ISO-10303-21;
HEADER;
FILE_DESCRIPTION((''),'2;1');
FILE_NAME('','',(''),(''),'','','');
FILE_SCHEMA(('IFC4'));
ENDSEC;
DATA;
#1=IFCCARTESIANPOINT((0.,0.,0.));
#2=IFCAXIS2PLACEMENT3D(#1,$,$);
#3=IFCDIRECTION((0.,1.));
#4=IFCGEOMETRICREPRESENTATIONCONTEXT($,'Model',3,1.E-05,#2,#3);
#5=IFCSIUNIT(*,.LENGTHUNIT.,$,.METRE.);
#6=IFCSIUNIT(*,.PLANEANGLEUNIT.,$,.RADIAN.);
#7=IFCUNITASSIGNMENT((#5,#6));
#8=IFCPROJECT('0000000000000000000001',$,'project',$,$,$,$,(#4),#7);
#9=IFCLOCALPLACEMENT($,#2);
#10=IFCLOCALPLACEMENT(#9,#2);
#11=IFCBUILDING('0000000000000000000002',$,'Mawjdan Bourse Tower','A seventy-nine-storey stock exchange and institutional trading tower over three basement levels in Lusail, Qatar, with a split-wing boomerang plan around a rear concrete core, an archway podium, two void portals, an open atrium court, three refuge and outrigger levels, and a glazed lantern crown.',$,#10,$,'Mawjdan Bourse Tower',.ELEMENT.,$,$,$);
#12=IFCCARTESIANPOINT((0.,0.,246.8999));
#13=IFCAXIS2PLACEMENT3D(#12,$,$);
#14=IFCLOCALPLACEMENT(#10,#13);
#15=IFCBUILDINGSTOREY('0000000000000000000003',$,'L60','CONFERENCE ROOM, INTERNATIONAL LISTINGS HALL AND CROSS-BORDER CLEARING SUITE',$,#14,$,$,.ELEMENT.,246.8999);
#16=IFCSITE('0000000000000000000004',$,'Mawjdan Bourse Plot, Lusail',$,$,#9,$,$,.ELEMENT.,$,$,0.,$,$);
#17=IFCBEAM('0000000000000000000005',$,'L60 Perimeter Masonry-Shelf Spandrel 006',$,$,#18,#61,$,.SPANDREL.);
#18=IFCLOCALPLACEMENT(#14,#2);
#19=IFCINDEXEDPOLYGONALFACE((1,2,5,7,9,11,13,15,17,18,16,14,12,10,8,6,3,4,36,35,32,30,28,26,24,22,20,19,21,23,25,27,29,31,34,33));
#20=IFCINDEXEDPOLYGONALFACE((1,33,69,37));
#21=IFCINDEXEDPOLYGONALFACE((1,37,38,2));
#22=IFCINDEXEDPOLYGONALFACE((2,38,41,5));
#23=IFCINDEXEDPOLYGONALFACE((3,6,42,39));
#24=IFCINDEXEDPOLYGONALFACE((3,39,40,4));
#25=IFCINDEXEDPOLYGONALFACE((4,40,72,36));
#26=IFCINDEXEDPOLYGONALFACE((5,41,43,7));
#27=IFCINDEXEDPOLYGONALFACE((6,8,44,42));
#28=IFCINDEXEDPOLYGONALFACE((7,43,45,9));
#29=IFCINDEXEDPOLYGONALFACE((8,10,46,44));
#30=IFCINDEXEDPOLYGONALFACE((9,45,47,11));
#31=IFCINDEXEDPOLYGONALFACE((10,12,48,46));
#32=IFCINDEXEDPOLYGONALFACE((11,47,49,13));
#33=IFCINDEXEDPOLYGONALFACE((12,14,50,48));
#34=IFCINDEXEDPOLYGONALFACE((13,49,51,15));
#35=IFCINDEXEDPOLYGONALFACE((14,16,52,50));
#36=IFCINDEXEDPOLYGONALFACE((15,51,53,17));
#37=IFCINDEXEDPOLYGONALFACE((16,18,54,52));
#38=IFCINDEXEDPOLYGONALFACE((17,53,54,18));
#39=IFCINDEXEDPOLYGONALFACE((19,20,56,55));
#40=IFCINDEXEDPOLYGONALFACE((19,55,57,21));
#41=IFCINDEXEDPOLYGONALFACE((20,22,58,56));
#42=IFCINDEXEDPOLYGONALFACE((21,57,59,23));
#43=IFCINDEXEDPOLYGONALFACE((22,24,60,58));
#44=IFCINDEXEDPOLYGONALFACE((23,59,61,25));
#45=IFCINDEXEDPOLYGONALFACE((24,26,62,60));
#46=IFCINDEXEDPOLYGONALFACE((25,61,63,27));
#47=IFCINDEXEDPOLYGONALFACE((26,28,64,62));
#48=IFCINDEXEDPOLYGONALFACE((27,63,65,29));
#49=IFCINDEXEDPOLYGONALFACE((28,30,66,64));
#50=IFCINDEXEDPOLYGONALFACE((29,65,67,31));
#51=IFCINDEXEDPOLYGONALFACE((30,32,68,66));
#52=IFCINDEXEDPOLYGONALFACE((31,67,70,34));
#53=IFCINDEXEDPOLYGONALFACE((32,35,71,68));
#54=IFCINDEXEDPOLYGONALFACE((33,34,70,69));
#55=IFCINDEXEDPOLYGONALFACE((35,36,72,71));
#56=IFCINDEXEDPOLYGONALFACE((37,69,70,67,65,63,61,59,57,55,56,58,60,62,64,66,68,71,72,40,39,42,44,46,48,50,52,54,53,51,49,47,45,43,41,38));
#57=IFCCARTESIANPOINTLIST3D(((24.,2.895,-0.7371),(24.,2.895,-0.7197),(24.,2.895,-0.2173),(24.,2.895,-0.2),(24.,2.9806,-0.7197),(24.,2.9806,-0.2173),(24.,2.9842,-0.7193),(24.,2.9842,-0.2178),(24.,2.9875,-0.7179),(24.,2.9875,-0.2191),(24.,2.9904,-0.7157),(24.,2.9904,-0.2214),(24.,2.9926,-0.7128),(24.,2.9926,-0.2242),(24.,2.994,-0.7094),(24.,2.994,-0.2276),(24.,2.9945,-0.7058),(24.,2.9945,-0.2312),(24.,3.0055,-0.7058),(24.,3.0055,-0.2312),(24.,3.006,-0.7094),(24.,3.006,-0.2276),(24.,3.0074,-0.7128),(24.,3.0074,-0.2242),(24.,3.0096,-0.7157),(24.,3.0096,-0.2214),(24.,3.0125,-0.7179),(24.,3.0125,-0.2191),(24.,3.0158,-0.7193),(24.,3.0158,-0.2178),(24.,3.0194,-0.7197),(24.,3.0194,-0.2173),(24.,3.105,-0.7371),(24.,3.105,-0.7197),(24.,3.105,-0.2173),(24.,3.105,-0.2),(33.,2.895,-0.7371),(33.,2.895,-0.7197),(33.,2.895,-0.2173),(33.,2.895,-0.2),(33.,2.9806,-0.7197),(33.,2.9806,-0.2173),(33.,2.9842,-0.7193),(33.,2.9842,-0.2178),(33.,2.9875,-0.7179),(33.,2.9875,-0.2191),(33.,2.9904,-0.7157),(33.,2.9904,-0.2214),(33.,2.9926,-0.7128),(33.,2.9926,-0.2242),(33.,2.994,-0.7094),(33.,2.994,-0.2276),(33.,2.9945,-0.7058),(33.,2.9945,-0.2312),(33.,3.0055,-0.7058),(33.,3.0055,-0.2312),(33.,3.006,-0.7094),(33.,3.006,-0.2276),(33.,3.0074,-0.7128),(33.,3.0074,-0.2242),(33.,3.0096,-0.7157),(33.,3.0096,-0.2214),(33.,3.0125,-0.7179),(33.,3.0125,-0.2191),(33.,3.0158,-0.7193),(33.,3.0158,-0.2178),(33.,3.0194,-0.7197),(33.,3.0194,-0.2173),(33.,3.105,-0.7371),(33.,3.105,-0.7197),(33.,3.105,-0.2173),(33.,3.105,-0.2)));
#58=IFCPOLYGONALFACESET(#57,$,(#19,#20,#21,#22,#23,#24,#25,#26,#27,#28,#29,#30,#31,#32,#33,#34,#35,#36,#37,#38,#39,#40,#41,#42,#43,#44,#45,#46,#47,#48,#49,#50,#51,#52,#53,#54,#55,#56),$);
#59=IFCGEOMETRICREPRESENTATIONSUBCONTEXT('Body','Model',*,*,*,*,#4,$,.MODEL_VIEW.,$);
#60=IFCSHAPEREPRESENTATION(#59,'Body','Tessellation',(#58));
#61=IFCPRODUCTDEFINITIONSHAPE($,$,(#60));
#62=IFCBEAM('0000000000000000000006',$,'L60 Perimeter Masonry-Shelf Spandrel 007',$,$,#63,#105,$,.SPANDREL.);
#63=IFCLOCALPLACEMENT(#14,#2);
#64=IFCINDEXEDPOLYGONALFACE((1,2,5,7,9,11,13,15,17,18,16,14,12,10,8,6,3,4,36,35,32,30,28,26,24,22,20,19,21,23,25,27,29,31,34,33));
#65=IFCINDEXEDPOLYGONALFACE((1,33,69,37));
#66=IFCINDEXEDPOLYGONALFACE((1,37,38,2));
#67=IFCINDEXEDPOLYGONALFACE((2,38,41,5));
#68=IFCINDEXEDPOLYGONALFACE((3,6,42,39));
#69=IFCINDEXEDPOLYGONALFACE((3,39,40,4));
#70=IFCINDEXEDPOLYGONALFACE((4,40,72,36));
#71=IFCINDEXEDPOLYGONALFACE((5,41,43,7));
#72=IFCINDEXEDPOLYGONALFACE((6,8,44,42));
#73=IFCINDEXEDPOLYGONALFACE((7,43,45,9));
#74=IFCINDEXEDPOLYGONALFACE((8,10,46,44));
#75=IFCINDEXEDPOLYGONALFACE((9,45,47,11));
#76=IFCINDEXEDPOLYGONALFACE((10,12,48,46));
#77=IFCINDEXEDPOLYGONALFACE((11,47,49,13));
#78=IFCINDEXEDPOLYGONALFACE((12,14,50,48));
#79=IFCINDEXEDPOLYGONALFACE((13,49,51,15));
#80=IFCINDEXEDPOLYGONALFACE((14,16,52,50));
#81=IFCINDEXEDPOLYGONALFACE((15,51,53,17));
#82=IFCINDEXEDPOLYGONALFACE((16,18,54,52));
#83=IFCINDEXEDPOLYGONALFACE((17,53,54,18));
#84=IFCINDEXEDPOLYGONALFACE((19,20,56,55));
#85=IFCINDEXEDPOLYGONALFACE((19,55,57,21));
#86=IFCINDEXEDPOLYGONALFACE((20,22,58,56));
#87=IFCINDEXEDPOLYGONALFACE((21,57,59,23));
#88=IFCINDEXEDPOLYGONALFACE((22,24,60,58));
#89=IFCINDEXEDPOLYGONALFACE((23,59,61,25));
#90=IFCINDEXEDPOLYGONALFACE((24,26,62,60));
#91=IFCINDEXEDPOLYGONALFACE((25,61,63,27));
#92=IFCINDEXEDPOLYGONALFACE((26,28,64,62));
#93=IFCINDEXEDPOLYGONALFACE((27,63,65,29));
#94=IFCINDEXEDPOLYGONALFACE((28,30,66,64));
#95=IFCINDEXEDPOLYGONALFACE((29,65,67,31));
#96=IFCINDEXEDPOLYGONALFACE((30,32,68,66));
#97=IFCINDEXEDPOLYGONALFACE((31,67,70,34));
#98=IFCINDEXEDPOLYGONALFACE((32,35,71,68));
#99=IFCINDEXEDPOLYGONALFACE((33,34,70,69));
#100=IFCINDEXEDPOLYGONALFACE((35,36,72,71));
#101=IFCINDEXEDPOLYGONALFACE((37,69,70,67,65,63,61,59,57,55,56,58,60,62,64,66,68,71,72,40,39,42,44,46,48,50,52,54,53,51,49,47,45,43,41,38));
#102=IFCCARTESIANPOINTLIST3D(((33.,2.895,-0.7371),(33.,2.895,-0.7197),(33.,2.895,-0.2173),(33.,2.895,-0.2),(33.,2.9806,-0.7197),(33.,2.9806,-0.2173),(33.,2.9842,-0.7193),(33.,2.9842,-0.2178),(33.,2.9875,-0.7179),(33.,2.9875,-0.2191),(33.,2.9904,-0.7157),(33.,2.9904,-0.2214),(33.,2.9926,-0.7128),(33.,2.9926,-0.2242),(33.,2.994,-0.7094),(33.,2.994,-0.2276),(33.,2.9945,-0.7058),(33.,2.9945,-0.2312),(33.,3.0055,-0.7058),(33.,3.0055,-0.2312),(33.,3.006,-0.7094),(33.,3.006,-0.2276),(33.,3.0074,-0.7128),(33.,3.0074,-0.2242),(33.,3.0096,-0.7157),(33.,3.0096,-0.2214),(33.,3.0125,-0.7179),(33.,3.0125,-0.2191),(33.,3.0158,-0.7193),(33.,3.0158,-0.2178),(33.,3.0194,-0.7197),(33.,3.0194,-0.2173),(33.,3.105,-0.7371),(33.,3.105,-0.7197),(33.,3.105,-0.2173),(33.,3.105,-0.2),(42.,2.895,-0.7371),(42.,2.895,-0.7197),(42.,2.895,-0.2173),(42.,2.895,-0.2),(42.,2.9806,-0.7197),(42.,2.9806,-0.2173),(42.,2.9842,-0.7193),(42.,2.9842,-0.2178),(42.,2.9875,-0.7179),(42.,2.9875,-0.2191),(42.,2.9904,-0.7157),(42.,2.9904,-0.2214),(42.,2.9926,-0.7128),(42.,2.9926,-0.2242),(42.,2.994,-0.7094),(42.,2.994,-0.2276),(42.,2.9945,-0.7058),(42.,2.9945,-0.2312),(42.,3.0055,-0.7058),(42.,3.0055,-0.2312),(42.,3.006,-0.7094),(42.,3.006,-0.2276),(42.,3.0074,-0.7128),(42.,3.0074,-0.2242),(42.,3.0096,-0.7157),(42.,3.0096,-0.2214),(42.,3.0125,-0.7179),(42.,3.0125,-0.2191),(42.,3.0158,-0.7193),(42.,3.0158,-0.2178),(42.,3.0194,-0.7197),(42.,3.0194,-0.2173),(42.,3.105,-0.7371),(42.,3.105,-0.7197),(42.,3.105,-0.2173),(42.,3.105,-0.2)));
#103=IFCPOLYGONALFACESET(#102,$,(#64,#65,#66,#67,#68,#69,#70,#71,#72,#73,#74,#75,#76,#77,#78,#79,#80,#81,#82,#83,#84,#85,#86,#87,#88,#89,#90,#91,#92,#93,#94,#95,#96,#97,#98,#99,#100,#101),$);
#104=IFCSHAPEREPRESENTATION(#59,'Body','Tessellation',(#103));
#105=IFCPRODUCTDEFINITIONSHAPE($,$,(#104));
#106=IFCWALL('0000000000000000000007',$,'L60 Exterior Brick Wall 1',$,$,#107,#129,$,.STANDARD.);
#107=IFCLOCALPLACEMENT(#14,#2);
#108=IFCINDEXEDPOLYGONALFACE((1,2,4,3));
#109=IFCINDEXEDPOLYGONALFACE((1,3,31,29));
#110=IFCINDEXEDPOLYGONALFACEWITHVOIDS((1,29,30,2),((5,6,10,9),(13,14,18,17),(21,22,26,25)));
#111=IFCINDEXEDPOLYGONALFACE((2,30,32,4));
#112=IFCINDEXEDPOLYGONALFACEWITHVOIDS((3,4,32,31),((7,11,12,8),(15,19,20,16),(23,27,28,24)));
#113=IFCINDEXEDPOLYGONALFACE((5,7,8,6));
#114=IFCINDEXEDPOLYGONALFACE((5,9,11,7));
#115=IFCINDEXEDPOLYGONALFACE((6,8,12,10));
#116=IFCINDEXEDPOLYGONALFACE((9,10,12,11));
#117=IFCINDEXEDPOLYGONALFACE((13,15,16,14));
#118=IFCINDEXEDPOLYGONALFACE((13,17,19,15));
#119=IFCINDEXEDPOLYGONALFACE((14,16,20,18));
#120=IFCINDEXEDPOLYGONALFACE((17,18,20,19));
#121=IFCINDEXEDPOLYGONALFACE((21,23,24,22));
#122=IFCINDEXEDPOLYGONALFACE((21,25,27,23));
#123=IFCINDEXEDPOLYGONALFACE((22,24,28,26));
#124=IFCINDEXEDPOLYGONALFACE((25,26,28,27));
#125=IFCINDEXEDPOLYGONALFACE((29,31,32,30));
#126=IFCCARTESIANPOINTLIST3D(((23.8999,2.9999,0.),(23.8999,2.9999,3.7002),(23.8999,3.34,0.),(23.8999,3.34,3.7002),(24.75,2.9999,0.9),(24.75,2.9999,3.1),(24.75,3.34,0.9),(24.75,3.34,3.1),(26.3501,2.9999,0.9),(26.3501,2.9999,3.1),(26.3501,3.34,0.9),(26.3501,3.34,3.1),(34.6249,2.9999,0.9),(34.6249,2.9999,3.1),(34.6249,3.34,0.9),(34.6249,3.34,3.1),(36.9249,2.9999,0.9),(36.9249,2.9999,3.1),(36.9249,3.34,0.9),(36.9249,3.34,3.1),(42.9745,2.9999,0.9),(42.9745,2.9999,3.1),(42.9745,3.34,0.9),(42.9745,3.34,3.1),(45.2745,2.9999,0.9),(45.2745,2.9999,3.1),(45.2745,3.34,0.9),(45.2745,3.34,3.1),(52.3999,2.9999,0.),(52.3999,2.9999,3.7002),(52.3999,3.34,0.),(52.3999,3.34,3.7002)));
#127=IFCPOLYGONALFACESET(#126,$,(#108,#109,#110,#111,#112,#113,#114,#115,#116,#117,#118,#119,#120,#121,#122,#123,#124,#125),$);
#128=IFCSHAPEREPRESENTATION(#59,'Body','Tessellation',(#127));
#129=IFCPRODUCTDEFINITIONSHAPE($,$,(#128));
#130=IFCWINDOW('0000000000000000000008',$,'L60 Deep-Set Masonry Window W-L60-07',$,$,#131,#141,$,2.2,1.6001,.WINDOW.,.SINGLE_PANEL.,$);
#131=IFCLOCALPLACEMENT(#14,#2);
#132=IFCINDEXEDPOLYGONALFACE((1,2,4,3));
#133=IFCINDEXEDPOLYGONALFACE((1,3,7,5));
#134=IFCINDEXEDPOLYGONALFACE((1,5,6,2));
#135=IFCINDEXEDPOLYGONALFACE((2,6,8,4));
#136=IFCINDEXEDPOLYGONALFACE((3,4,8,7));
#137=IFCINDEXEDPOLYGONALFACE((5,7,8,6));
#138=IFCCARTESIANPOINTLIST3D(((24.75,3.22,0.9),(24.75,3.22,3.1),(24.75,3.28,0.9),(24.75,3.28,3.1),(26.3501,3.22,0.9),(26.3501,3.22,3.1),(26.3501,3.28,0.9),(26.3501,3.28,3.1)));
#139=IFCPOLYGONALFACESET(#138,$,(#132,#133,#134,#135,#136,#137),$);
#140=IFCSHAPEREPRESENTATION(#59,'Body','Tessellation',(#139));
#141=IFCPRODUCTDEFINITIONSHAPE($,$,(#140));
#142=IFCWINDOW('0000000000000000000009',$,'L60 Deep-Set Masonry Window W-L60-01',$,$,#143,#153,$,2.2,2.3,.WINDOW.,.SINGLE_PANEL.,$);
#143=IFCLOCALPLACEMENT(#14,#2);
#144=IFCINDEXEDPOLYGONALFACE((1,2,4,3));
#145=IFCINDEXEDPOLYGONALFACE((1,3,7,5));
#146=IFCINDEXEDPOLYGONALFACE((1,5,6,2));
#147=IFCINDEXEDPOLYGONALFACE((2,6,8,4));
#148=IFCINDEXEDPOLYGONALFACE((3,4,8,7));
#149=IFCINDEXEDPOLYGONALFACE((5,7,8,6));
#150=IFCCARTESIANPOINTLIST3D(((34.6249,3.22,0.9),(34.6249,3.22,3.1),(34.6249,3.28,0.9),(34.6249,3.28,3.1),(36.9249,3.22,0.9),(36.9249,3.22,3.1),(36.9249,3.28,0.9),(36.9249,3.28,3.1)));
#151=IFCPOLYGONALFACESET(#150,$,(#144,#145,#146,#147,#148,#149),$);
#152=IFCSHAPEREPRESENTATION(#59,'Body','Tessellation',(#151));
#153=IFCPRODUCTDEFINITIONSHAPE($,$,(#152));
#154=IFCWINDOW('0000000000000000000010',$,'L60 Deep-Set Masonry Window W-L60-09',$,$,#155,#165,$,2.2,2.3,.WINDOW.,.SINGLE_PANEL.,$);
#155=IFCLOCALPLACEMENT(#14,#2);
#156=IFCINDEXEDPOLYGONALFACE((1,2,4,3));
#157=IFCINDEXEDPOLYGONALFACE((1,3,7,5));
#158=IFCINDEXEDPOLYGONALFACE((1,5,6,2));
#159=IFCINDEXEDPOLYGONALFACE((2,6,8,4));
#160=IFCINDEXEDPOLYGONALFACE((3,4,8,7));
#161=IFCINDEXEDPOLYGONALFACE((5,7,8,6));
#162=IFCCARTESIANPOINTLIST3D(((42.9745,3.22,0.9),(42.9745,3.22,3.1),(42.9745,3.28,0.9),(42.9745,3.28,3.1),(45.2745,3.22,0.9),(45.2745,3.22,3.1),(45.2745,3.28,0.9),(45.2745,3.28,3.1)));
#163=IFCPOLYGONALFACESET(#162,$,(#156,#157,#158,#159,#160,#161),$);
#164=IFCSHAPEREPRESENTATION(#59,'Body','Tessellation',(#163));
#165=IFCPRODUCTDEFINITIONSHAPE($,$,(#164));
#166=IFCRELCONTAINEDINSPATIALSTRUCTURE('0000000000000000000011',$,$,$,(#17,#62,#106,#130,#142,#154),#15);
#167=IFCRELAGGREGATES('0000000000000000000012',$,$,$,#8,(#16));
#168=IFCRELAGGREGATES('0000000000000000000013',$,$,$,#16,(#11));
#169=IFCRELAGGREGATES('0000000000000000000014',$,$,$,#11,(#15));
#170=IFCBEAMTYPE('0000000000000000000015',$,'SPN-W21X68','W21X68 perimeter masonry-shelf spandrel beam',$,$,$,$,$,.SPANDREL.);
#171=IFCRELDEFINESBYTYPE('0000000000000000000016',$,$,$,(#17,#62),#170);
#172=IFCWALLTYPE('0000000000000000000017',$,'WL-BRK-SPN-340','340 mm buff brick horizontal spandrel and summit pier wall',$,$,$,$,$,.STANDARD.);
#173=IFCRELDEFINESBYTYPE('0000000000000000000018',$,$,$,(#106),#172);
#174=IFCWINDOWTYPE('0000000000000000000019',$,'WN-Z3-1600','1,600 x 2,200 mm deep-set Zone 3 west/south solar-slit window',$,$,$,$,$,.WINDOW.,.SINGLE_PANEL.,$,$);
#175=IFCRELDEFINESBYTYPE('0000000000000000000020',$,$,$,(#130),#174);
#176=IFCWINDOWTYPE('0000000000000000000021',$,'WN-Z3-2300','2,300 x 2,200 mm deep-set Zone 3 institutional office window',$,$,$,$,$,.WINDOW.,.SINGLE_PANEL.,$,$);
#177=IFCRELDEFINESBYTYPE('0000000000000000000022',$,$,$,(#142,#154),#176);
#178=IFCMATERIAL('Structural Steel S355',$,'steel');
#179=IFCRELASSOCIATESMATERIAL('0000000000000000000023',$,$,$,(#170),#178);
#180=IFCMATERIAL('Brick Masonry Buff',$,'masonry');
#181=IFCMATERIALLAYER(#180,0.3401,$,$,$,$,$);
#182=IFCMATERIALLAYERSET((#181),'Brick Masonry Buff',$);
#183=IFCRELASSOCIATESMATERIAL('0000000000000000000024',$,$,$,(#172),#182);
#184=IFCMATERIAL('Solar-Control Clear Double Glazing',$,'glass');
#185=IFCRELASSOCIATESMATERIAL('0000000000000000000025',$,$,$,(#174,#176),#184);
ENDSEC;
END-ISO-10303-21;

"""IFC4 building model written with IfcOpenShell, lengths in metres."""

from ifc_helpers import new_model, si_unit, direction, frame, frame_2d, origin, origin_2d, place, context, subcontext, project, spatial, rectangle, i_section, extrude, material, layer, layer_set, material_profile, profile_set, type_object, element, fill, save


model = new_model("IFC4")

# Units and contexts
model_context = context("Model", 3, precision=1e-05, world=origin(), true_north=direction((0.0, 1.0)))
body_context = subcontext(model_context, "Body", "Model", "MODEL_VIEW")
ifc_project = project(units=[si_unit("LENGTHUNIT", "METRE"), si_unit("PLANEANGLEUNIT", "RADIAN")], contexts=[model_context])

# Site, building, storey
site_placement = place(None, origin())
site = spatial("IfcSite", under=ifc_project, at=site_placement, Name="Mawjdan Bourse Plot, Lusail", CompositionType="ELEMENT", RefElevation=0.0)
building_placement = place(site_placement, origin())
building = spatial("IfcBuilding", under=site, at=building_placement, Name="Mawjdan Bourse Tower", Description="A seventy-nine-storey stock exchange and institutional trading tower over three basement levels in Lusail, Qatar, with a split-wing boomerang plan around a rear concrete core, an archway podium, two void portals, an open atrium court, three refuge and outrigger levels, and a glazed lantern crown.", LongName="Mawjdan Bourse Tower", CompositionType="ELEMENT")
storey_placement = place(building_placement, frame((0.0, 0.0, 246.8999)))
storey = spatial("IfcBuildingStorey", under=building, at=storey_placement, Name="L60", Description="CONFERENCE ROOM, INTERNATIONAL LISTINGS HALL AND CROSS-BORDER CLEARING SUITE", CompositionType="ELEMENT", Elevation=246.8999)

# Beams
ifc_material_1 = material(Name="Structural Steel S355", Category="steel")
ifc_material_profile_1 = material_profile(ifc_material_1, i_section(OverallWidth=0.21, OverallDepth=0.5371, WebThickness=0.011, FlangeThickness=0.0173, FilletRadius=0.0139, at=origin_2d()), Name="W21X68")
ifc_profile_set_1 = profile_set([ifc_material_profile_1], Name="Structural Steel S355")
beam_type_1 = type_object("IfcBeamType", Name="SPN-W21X68", Description="W21X68 perimeter masonry-shelf spandrel beam", PredefinedType="SPANDREL", material=ifc_profile_set_1)
for number, where, z_axis, x_axis, name in (
    (1, (24.0, 3.0, -0.4685), (1.0, 0.0, 0.0), (0.0, 1.0, 0.0), "L60 Perimeter Masonry-Shelf Spandrel 006"),
    (2, (33.0, 3.0, -0.4685), (1.0, 0.0, 0.0), (0.0, 1.0, 0.0), "L60 Perimeter Masonry-Shelf Spandrel 007"),
):
    element("IfcBeam", number, at=place(storey_placement, frame(where, z_axis=z_axis, x_axis=x_axis)), inside=storey, type_object=beam_type_1, Name=name, PredefinedType="SPANDREL", context=body_context, shape_type="SweptSolid", body=[
        extrude(i_section(OverallWidth=0.21, OverallDepth=0.5371, WebThickness=0.011, FlangeThickness=0.0173, FilletRadius=0.0139, at=origin_2d()), origin(), (0.0, 0.0, 1.0), 9.0),
    ])

# Wall, openings, windows
ifc_material_2 = material(Name="Brick Masonry Buff", Category="masonry")
ifc_layer_1 = layer(ifc_material_2, 0.3401)
ifc_layer_set_1 = layer_set([ifc_layer_1], Name="Brick Masonry Buff")
wall_type_1 = type_object("IfcWallType", Name="WL-BRK-SPN-340", Description="340 mm buff brick horizontal spandrel and summit pier wall", PredefinedType="STANDARD", material=ifc_layer_set_1)
wall_1_placement = place(storey_placement, frame((23.8999, 3.1699, 0.0), z_axis=(0.0, 0.0, 1.0), x_axis=(1.0, 0.0, 0.0)))
wall_1 = element("IfcWall", 3, at=wall_1_placement, inside=storey, type_object=wall_type_1, Name="L60 Exterior Brick Wall 1", PredefinedType="STANDARD", context=body_context, shape_type="SweptSolid", body=[
    extrude(rectangle(XDim=28.5, YDim=0.3401, at=frame_2d((14.25, 0.0))), origin(), (0.0, 0.0, 1.0), 3.7002),
])
opening_1_placement = place(wall_1_placement, frame((10.7251, 0.0, 0.8999)))
opening_1 = element("IfcOpeningElement", 4, at=opening_1_placement, cuts=wall_1, PredefinedType="OPENING", context=body_context, shape_type="SweptSolid", body=[
    extrude(rectangle(XDim=2.3, YDim=2.2, at=frame_2d((1.1499, 1.1001))), frame((0.0, 0.1802, 0.0), z_axis=(0.0, -1.0, 0.0), x_axis=(1.0, 0.0, 0.0)), (0.0, 0.0, 1.0), 0.3601),
])
opening_2_placement = place(wall_1_placement, frame((0.8501, 0.0, 0.8999)))
opening_2 = element("IfcOpeningElement", 5, at=opening_2_placement, cuts=wall_1, PredefinedType="OPENING", context=body_context, shape_type="SweptSolid", body=[
    extrude(rectangle(XDim=1.6001, YDim=2.2, at=frame_2d((0.8, 1.1001))), frame((0.0, 0.1802, 0.0), z_axis=(0.0, -1.0, 0.0), x_axis=(1.0, 0.0, 0.0)), (0.0, 0.0, 1.0), 0.3601),
])
opening_3_placement = place(wall_1_placement, frame((19.0747, 0.0, 0.8999)))
opening_3 = element("IfcOpeningElement", 6, at=opening_3_placement, cuts=wall_1, PredefinedType="OPENING", context=body_context, shape_type="SweptSolid", body=[
    extrude(rectangle(XDim=2.3, YDim=2.2, at=frame_2d((1.1499, 1.1001))), frame((0.0, 0.1802, 0.0), z_axis=(0.0, -1.0, 0.0), x_axis=(1.0, 0.0, 0.0)), (0.0, 0.0, 1.0), 0.3601),
])
ifc_material_3 = material(Name="Solar-Control Clear Double Glazing", Category="glass")
window_type_1 = type_object("IfcWindowType", Name="WN-Z3-1600", Description="1,600 x 2,200 mm deep-set Zone 3 west/south solar-slit window", PartitioningType="SINGLE_PANEL", PredefinedType="WINDOW", material=ifc_material_3)
window_1_placement = place(opening_2_placement, origin())
window_1 = element("IfcWindow", 7, at=window_1_placement, inside=storey, type_object=window_type_1, Name="L60 Deep-Set Masonry Window W-L60-07", OverallHeight=2.2, OverallWidth=1.6001, PartitioningType="SINGLE_PANEL", PredefinedType="WINDOW", context=body_context, shape_type="SweptSolid", body=[
    extrude(rectangle(XDim=1.6001, YDim=2.2, at=frame_2d((0.8, 1.1001))), frame((0.0, 0.1101, 0.0), z_axis=(0.0, -1.0, 0.0), x_axis=(1.0, 0.0, 0.0)), (0.0, 0.0, 1.0), 0.0601),
])
fill(opening_2, window_1)
window_type_2 = type_object("IfcWindowType", Name="WN-Z3-2300", Description="2,300 x 2,200 mm deep-set Zone 3 institutional office window", PartitioningType="SINGLE_PANEL", PredefinedType="WINDOW", material=ifc_material_3)
window_2_placement = place(opening_1_placement, origin())
window_2 = element("IfcWindow", 8, at=window_2_placement, inside=storey, type_object=window_type_2, Name="L60 Deep-Set Masonry Window W-L60-01", OverallHeight=2.2, OverallWidth=2.3, PartitioningType="SINGLE_PANEL", PredefinedType="WINDOW", context=body_context, shape_type="SweptSolid", body=[
    extrude(rectangle(XDim=2.3, YDim=2.2, at=frame_2d((1.1499, 1.1001))), frame((0.0, 0.1101, 0.0), z_axis=(0.0, -1.0, 0.0), x_axis=(1.0, 0.0, 0.0)), (0.0, 0.0, 1.0), 0.0601),
])
fill(opening_1, window_2)
window_3_placement = place(opening_3_placement, origin())
window_3 = element("IfcWindow", 9, at=window_3_placement, inside=storey, type_object=window_type_2, Name="L60 Deep-Set Masonry Window W-L60-09", OverallHeight=2.2, OverallWidth=2.3, PartitioningType="SINGLE_PANEL", PredefinedType="WINDOW", context=body_context, shape_type="SweptSolid", body=[
    extrude(rectangle(XDim=2.3, YDim=2.2, at=frame_2d((1.1499, 1.1001))), frame((0.0, 0.1101, 0.0), z_axis=(0.0, -1.0, 0.0), x_axis=(1.0, 0.0, 0.0)), (0.0, 0.0, 1.0), 0.0601),
])
fill(opening_3, window_3)

save(model, "model.ifc")
